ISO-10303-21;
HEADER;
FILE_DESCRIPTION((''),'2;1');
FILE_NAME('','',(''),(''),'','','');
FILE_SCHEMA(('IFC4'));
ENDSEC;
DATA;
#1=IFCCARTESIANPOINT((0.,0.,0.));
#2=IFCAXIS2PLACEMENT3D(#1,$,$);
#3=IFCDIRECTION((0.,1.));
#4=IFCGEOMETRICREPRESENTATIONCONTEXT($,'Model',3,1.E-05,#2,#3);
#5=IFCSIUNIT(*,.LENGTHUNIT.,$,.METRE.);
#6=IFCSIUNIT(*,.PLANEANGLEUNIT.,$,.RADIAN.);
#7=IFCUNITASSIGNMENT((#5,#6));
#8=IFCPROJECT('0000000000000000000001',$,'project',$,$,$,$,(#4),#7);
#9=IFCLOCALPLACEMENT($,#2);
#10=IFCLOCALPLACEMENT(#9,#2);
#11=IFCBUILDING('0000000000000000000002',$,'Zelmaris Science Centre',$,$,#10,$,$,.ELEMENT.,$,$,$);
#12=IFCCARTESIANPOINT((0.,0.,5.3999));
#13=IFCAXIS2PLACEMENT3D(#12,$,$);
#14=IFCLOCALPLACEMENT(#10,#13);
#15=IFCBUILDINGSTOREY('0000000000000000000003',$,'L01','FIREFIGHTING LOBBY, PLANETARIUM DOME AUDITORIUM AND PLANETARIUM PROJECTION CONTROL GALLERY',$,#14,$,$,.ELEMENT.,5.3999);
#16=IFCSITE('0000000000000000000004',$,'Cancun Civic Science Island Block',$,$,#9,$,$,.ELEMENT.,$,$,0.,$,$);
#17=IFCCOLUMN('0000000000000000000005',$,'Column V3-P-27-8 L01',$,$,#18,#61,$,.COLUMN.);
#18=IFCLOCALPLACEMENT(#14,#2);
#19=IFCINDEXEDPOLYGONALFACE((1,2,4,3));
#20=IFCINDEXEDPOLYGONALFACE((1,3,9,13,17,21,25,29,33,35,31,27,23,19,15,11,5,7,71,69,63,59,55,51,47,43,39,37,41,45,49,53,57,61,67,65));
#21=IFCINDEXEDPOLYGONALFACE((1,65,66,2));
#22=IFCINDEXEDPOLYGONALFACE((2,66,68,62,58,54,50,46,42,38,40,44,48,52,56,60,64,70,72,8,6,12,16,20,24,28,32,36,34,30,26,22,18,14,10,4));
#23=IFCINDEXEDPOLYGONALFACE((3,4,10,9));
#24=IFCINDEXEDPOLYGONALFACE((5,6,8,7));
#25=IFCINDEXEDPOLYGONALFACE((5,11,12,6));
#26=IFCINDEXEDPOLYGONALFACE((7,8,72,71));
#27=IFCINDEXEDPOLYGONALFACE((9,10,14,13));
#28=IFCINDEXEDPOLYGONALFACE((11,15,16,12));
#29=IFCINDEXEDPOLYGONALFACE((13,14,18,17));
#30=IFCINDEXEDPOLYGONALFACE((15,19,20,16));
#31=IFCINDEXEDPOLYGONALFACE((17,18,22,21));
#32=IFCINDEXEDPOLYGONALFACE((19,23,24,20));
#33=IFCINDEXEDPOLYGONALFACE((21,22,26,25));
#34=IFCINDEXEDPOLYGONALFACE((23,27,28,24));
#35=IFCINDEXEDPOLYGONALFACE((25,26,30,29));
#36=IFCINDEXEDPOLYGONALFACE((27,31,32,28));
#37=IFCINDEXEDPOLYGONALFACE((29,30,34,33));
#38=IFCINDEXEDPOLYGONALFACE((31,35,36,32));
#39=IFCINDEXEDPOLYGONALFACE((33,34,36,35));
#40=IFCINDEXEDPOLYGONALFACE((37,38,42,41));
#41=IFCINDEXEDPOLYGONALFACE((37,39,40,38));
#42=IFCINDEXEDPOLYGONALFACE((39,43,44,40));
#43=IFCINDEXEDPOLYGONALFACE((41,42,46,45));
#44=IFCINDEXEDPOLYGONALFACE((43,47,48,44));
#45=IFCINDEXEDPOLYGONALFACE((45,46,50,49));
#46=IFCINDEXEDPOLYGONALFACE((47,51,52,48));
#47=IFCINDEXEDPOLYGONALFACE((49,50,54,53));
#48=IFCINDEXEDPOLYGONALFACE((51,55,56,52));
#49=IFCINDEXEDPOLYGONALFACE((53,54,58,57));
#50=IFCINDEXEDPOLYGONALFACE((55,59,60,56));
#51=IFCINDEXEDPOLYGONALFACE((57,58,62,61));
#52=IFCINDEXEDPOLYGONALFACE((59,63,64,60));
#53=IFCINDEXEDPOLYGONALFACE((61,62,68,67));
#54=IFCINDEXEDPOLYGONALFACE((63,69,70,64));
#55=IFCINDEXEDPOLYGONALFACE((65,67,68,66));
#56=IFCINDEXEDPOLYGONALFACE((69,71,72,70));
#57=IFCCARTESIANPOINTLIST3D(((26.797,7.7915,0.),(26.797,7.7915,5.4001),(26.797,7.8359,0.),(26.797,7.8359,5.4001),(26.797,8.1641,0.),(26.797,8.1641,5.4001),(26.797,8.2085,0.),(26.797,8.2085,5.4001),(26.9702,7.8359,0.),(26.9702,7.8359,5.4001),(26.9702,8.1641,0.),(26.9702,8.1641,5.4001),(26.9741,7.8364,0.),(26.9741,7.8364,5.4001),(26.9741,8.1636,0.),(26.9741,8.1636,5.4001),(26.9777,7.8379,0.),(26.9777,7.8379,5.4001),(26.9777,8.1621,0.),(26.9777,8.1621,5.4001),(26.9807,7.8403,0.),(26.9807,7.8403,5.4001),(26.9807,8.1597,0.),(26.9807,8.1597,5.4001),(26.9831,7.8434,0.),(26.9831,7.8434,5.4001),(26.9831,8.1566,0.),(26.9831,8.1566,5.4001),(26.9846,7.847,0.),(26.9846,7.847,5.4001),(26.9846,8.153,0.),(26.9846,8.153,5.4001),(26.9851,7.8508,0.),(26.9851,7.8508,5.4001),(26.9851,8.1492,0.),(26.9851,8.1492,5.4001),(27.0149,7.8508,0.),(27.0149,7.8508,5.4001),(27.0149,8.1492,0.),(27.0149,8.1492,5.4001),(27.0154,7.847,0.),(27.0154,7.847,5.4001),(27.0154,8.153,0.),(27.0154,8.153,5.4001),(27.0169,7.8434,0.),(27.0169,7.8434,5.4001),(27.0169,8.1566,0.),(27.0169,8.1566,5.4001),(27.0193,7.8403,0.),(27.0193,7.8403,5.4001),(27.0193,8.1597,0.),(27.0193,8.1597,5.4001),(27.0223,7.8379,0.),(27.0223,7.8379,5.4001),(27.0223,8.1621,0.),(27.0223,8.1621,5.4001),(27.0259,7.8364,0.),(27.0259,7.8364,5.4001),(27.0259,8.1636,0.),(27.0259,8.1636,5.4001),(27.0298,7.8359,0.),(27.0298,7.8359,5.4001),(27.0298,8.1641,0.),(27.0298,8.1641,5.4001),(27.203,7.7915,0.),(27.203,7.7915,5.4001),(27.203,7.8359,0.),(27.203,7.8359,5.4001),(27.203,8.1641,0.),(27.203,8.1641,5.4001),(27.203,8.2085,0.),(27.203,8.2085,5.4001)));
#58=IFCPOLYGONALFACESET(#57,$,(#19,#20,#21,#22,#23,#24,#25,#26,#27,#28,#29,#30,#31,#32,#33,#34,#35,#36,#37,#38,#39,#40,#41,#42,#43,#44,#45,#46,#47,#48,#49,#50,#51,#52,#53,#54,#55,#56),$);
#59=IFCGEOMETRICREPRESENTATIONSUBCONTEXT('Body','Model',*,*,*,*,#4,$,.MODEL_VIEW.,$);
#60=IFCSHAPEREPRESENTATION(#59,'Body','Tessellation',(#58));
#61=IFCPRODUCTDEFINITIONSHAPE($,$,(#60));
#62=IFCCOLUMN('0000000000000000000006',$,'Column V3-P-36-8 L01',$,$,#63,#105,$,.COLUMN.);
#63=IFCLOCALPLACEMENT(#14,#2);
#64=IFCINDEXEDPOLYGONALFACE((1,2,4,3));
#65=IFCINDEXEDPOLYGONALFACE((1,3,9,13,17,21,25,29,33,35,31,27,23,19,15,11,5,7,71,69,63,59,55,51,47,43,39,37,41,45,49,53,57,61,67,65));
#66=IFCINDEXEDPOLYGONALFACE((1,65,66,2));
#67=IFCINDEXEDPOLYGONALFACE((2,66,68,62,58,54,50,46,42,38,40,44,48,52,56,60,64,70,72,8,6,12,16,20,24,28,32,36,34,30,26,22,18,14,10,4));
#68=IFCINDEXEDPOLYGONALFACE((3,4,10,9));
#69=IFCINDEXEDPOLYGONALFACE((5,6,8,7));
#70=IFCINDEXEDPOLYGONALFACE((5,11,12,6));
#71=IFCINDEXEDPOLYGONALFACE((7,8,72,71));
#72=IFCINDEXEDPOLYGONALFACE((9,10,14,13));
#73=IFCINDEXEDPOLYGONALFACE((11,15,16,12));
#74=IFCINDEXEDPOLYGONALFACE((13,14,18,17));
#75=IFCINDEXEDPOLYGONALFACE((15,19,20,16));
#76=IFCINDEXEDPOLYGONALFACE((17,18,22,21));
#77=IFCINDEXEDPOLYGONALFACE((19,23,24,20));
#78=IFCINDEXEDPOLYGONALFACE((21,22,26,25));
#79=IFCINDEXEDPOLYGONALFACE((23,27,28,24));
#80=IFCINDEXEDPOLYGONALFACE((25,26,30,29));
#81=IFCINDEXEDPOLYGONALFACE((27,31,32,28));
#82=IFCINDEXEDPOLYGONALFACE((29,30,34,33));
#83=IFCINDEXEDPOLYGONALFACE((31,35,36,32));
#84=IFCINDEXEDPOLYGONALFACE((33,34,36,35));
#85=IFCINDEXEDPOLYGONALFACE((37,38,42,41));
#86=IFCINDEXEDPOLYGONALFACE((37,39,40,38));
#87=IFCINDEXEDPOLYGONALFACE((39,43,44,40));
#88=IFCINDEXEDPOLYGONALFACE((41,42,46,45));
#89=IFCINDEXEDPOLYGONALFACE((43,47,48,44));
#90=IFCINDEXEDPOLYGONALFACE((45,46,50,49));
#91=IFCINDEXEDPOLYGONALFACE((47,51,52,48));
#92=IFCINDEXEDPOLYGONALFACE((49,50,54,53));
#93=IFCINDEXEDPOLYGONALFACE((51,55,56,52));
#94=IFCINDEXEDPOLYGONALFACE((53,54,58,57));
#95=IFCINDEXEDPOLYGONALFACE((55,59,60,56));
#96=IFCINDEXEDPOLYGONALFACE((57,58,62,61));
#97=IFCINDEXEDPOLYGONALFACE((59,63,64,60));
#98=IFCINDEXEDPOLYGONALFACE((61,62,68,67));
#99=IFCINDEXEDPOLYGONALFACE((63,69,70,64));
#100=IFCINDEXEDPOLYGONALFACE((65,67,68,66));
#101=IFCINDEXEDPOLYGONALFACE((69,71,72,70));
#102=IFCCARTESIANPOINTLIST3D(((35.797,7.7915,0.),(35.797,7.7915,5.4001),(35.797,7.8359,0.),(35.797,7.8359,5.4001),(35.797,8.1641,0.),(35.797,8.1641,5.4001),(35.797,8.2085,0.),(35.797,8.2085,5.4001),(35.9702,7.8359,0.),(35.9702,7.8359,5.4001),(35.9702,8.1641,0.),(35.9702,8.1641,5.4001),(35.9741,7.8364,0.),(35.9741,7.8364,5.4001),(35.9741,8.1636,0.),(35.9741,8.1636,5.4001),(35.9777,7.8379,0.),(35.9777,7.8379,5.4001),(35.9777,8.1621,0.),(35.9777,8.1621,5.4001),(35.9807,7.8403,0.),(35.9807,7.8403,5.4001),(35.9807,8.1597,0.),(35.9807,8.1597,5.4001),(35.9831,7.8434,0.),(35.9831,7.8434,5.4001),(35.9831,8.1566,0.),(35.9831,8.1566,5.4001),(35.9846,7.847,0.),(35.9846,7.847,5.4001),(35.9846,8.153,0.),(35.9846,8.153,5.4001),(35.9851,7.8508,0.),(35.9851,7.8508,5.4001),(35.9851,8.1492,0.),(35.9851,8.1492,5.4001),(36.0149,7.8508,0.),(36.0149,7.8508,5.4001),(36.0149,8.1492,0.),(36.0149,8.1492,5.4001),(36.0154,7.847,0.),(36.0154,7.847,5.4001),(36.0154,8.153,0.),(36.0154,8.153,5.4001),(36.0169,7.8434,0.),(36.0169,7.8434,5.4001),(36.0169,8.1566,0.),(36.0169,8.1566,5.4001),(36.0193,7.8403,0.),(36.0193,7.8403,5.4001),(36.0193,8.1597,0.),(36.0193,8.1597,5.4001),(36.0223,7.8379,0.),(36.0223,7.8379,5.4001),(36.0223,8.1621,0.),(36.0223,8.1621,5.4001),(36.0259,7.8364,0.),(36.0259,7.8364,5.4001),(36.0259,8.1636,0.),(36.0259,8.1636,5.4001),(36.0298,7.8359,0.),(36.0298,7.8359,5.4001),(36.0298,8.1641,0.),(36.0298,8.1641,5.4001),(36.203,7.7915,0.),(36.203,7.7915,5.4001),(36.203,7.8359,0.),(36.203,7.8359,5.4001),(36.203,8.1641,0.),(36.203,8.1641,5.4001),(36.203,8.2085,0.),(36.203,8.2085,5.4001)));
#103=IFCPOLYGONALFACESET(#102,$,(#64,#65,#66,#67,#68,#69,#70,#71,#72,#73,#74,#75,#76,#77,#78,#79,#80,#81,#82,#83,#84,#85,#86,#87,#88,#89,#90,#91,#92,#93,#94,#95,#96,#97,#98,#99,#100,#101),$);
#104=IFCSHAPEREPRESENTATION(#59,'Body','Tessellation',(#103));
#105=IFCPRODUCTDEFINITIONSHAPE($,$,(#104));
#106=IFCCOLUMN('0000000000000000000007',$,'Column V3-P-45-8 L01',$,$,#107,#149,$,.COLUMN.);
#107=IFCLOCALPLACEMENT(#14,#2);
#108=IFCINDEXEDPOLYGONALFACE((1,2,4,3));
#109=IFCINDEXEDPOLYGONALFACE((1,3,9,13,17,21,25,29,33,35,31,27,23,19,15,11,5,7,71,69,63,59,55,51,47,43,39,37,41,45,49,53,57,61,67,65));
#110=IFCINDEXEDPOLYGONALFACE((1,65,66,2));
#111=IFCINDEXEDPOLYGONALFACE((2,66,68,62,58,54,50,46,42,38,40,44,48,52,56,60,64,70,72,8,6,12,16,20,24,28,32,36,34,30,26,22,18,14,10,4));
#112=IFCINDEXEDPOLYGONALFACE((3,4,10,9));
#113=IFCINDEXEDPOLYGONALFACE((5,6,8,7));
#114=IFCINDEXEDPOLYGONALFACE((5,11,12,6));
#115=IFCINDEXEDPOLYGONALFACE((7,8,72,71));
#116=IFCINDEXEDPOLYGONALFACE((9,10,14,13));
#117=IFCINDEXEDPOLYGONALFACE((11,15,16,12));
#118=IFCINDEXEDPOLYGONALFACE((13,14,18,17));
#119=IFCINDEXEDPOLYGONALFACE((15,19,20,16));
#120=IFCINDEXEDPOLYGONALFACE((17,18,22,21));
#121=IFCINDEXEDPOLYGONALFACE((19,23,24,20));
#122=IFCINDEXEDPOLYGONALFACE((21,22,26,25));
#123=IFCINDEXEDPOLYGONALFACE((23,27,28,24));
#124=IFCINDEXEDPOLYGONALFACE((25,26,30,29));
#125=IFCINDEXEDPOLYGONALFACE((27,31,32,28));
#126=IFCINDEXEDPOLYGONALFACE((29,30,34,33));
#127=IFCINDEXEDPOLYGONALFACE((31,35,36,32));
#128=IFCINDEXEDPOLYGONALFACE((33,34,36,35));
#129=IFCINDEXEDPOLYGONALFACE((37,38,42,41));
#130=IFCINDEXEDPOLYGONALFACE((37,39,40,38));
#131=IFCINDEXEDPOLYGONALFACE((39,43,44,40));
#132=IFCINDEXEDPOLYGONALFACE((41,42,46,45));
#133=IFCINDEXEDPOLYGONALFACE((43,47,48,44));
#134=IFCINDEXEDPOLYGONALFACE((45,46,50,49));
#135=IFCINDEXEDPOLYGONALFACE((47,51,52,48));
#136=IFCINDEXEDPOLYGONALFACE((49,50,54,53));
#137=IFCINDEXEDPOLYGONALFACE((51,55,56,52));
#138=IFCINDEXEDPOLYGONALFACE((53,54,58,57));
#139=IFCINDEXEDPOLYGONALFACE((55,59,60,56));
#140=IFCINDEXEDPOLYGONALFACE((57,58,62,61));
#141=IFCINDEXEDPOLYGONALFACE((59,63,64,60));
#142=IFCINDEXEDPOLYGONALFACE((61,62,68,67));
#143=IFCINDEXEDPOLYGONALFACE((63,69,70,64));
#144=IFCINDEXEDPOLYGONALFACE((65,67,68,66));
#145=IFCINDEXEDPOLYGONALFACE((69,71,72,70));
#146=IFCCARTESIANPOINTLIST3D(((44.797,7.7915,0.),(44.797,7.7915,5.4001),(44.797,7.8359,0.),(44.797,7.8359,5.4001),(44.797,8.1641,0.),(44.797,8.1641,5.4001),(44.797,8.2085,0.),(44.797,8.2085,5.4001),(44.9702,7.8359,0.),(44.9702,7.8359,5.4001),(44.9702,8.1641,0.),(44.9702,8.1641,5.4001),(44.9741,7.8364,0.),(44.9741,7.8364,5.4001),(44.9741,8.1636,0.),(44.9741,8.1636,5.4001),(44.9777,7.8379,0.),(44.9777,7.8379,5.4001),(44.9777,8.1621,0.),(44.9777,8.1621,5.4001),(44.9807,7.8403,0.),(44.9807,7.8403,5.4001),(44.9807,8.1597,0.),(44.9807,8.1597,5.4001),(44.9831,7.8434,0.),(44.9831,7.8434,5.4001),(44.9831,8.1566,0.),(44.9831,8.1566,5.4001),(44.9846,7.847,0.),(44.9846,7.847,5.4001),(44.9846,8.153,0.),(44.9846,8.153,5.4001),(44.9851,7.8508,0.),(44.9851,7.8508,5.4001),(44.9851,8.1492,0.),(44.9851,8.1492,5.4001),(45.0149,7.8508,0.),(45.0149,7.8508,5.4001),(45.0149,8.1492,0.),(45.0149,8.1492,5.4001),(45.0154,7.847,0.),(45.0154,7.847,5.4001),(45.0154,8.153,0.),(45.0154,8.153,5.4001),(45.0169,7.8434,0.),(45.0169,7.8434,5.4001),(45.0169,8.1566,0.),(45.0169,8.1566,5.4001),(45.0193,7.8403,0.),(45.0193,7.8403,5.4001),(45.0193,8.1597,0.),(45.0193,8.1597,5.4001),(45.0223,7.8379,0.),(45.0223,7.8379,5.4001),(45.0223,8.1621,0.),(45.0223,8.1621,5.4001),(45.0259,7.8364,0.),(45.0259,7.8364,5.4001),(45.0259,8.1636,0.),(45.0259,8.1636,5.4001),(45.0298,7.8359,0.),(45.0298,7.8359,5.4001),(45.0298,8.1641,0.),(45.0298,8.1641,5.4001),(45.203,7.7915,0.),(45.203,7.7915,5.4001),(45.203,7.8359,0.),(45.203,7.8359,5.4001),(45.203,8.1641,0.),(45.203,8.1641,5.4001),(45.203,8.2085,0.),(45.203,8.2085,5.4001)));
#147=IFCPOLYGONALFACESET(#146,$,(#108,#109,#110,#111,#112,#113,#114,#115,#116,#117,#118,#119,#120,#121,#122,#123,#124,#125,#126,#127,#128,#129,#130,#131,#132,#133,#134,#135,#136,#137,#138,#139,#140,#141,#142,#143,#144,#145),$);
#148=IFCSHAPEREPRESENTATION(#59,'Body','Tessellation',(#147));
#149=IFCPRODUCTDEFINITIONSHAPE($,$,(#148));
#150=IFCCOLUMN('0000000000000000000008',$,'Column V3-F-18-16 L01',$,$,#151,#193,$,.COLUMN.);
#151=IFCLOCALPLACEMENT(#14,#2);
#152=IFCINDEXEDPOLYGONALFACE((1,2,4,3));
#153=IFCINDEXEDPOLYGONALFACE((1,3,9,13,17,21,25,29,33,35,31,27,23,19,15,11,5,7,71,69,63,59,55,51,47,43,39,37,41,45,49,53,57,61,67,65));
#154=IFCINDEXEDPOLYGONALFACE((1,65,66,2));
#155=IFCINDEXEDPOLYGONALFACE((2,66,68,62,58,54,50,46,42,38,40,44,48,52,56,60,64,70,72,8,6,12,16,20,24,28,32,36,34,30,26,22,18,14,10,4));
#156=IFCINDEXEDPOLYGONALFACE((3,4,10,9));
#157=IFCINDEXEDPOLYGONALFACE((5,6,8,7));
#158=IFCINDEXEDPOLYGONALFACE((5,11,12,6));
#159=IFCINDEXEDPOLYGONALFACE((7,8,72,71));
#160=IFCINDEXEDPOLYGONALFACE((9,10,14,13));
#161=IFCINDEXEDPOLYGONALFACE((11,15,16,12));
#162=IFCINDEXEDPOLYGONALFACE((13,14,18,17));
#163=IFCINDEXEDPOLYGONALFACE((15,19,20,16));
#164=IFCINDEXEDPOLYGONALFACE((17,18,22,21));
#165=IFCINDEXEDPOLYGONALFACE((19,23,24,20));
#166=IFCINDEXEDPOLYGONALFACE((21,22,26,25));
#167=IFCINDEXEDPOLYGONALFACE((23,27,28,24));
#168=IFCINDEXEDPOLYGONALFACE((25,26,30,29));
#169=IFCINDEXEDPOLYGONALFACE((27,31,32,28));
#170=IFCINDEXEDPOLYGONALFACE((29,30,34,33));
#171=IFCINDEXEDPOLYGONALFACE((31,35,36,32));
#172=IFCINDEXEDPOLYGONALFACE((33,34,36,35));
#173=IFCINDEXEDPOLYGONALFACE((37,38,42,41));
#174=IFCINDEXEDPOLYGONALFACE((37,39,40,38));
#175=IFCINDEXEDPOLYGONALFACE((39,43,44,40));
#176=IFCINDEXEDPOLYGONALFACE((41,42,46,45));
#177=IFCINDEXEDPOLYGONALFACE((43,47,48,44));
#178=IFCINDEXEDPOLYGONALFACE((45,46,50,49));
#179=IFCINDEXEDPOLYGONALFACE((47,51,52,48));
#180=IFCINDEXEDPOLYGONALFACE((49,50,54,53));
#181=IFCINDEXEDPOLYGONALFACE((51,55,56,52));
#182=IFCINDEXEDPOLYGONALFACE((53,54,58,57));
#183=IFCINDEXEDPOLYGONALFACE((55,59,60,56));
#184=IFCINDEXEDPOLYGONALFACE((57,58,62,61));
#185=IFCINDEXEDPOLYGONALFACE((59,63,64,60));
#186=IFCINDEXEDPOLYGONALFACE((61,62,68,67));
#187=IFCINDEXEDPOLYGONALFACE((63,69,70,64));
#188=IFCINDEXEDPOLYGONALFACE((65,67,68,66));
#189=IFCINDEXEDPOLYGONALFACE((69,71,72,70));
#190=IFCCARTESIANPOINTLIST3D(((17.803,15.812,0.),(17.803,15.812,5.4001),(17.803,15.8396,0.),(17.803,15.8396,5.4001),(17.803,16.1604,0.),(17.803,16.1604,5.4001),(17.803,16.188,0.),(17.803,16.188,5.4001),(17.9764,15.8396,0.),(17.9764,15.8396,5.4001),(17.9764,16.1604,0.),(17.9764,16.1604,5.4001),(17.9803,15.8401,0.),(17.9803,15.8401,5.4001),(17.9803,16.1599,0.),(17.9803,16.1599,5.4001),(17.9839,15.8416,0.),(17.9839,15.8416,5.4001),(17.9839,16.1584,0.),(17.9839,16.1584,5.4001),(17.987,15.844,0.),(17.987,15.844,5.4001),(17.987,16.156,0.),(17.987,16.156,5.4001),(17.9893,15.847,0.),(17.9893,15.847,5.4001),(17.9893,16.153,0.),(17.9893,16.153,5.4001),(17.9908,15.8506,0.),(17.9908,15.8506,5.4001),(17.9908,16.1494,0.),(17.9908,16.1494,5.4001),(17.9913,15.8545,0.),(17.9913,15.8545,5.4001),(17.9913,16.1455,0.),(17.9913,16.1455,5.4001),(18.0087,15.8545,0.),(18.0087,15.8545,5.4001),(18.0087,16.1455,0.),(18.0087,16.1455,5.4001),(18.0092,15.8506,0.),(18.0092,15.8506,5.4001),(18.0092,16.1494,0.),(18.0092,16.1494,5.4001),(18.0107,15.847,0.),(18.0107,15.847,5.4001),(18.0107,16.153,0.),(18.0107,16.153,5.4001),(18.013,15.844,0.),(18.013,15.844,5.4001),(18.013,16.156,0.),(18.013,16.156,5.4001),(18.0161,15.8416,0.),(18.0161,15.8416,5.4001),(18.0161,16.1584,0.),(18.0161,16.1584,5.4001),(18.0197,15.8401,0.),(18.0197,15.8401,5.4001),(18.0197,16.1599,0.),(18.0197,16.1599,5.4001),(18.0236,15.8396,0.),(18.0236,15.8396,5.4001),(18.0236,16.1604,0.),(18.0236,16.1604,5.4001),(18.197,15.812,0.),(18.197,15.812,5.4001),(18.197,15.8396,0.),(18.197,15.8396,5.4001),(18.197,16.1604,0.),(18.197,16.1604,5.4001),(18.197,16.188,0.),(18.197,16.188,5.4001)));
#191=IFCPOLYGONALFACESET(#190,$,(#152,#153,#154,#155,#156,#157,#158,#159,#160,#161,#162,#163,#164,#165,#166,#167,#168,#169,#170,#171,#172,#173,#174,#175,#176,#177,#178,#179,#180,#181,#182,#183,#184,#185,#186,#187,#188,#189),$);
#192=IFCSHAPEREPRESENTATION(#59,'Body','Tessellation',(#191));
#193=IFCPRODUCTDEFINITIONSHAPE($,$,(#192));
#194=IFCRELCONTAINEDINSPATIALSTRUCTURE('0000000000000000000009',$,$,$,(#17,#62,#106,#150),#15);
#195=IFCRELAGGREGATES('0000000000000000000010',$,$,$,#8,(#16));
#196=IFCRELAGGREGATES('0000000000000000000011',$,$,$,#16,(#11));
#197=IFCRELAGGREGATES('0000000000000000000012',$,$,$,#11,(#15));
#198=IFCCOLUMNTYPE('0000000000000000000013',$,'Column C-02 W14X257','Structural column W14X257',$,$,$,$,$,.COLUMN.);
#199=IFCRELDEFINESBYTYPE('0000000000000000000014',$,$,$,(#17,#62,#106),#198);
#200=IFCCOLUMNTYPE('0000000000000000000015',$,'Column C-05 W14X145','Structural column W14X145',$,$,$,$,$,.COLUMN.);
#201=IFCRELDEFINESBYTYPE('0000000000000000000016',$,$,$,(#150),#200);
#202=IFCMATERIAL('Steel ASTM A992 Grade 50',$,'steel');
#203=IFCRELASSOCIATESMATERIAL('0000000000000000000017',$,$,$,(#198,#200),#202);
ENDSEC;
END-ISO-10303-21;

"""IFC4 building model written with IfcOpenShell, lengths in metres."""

from ifc_helpers import new_model, si_unit, direction, frame, origin, origin_2d, place, context, subcontext, project, spatial, i_section, extrude, material, material_profile, profile_set, type_object, element, save


model = new_model("IFC4")

# Units and contexts
model_context = context("Model", 3, precision=1e-05, world=origin(), true_north=direction((0.0, 1.0)))
body_context = subcontext(model_context, "Body", "Model", "MODEL_VIEW")
ifc_project = project(units=[si_unit("LENGTHUNIT", "METRE"), si_unit("PLANEANGLEUNIT", "RADIAN")], contexts=[model_context])

# Site, building, storey
site_placement = place(None, origin())
site = spatial("IfcSite", under=ifc_project, at=site_placement, Name="Cancun Civic Science Island Block", CompositionType="ELEMENT", RefElevation=0.0)
building_placement = place(site_placement, origin())
building = spatial("IfcBuilding", under=site, at=building_placement, Name="Zelmaris Science Centre", CompositionType="ELEMENT")
storey_placement = place(building_placement, frame((0.0, 0.0, 5.3999)))
storey = spatial("IfcBuildingStorey", under=building, at=storey_placement, Name="L01", Description="FIREFIGHTING LOBBY, PLANETARIUM DOME AUDITORIUM AND PLANETARIUM PROJECTION CONTROL GALLERY", CompositionType="ELEMENT", Elevation=5.3999)

# Columns
ifc_material_1 = material(Name="Steel ASTM A992 Grade 50", Category="steel")
ifc_material_profile_1 = material_profile(ifc_material_1, i_section(OverallWidth=0.406, OverallDepth=0.417, WebThickness=0.0298, FlangeThickness=0.0444, FilletRadius=0.0149, at=origin_2d()), Name="W14X257")
ifc_profile_set_1 = profile_set([ifc_material_profile_1], Name="Steel ASTM A992 Grade 50")
column_type_1 = type_object("IfcColumnType", Name="Column C-02 W14X257", Description="Structural column W14X257", PredefinedType="COLUMN", material=ifc_profile_set_1)
for number, where, z_axis, x_axis, name in (
    (1, (27.0, 8.0, 0.0), (0.0, 0.0, 1.0), (1.0, 0.0, 0.0), "Column V3-P-27-8 L01"),
    (2, (36.0, 8.0, 0.0), (0.0, 0.0, 1.0), (1.0, 0.0, 0.0), "Column V3-P-36-8 L01"),
    (3, (45.0, 8.0, 0.0), (0.0, 0.0, 1.0), (1.0, 0.0, 0.0), "Column V3-P-45-8 L01"),
):
    element("IfcColumn", number, at=place(storey_placement, frame(where, z_axis=z_axis, x_axis=x_axis)), inside=storey, type_object=column_type_1, Name=name, PredefinedType="COLUMN", context=body_context, shape_type="SweptSolid", body=[
        extrude(i_section(OverallWidth=0.406, OverallDepth=0.417, WebThickness=0.0298, FlangeThickness=0.0444, FilletRadius=0.0149, at=origin_2d()), origin(), (0.0, 0.0, 1.0), 5.4001),
    ])
ifc_material_profile_2 = material_profile(ifc_material_1, i_section(OverallWidth=0.394, OverallDepth=0.376, WebThickness=0.0173, FlangeThickness=0.0276, FilletRadius=0.0149, at=origin_2d()), Name="W14X145")
ifc_profile_set_2 = profile_set([ifc_material_profile_2], Name="Steel ASTM A992 Grade 50")
column_type_2 = type_object("IfcColumnType", Name="Column C-05 W14X145", Description="Structural column W14X145", PredefinedType="COLUMN", material=ifc_profile_set_2)
for number, where, z_axis, x_axis, name in (
    (4, (18.0, 16.0, 0.0), (0.0, 0.0, 1.0), (1.0, 0.0, 0.0), "Column V3-F-18-16 L01"),
):
    element("IfcColumn", number, at=place(storey_placement, frame(where, z_axis=z_axis, x_axis=x_axis)), inside=storey, type_object=column_type_2, Name=name, PredefinedType="COLUMN", context=body_context, shape_type="SweptSolid", body=[
        extrude(i_section(OverallWidth=0.394, OverallDepth=0.376, WebThickness=0.0173, FlangeThickness=0.0276, FilletRadius=0.0149, at=origin_2d()), origin(), (0.0, 0.0, 1.0), 5.4001),
    ])

save(model, "model.ifc")
